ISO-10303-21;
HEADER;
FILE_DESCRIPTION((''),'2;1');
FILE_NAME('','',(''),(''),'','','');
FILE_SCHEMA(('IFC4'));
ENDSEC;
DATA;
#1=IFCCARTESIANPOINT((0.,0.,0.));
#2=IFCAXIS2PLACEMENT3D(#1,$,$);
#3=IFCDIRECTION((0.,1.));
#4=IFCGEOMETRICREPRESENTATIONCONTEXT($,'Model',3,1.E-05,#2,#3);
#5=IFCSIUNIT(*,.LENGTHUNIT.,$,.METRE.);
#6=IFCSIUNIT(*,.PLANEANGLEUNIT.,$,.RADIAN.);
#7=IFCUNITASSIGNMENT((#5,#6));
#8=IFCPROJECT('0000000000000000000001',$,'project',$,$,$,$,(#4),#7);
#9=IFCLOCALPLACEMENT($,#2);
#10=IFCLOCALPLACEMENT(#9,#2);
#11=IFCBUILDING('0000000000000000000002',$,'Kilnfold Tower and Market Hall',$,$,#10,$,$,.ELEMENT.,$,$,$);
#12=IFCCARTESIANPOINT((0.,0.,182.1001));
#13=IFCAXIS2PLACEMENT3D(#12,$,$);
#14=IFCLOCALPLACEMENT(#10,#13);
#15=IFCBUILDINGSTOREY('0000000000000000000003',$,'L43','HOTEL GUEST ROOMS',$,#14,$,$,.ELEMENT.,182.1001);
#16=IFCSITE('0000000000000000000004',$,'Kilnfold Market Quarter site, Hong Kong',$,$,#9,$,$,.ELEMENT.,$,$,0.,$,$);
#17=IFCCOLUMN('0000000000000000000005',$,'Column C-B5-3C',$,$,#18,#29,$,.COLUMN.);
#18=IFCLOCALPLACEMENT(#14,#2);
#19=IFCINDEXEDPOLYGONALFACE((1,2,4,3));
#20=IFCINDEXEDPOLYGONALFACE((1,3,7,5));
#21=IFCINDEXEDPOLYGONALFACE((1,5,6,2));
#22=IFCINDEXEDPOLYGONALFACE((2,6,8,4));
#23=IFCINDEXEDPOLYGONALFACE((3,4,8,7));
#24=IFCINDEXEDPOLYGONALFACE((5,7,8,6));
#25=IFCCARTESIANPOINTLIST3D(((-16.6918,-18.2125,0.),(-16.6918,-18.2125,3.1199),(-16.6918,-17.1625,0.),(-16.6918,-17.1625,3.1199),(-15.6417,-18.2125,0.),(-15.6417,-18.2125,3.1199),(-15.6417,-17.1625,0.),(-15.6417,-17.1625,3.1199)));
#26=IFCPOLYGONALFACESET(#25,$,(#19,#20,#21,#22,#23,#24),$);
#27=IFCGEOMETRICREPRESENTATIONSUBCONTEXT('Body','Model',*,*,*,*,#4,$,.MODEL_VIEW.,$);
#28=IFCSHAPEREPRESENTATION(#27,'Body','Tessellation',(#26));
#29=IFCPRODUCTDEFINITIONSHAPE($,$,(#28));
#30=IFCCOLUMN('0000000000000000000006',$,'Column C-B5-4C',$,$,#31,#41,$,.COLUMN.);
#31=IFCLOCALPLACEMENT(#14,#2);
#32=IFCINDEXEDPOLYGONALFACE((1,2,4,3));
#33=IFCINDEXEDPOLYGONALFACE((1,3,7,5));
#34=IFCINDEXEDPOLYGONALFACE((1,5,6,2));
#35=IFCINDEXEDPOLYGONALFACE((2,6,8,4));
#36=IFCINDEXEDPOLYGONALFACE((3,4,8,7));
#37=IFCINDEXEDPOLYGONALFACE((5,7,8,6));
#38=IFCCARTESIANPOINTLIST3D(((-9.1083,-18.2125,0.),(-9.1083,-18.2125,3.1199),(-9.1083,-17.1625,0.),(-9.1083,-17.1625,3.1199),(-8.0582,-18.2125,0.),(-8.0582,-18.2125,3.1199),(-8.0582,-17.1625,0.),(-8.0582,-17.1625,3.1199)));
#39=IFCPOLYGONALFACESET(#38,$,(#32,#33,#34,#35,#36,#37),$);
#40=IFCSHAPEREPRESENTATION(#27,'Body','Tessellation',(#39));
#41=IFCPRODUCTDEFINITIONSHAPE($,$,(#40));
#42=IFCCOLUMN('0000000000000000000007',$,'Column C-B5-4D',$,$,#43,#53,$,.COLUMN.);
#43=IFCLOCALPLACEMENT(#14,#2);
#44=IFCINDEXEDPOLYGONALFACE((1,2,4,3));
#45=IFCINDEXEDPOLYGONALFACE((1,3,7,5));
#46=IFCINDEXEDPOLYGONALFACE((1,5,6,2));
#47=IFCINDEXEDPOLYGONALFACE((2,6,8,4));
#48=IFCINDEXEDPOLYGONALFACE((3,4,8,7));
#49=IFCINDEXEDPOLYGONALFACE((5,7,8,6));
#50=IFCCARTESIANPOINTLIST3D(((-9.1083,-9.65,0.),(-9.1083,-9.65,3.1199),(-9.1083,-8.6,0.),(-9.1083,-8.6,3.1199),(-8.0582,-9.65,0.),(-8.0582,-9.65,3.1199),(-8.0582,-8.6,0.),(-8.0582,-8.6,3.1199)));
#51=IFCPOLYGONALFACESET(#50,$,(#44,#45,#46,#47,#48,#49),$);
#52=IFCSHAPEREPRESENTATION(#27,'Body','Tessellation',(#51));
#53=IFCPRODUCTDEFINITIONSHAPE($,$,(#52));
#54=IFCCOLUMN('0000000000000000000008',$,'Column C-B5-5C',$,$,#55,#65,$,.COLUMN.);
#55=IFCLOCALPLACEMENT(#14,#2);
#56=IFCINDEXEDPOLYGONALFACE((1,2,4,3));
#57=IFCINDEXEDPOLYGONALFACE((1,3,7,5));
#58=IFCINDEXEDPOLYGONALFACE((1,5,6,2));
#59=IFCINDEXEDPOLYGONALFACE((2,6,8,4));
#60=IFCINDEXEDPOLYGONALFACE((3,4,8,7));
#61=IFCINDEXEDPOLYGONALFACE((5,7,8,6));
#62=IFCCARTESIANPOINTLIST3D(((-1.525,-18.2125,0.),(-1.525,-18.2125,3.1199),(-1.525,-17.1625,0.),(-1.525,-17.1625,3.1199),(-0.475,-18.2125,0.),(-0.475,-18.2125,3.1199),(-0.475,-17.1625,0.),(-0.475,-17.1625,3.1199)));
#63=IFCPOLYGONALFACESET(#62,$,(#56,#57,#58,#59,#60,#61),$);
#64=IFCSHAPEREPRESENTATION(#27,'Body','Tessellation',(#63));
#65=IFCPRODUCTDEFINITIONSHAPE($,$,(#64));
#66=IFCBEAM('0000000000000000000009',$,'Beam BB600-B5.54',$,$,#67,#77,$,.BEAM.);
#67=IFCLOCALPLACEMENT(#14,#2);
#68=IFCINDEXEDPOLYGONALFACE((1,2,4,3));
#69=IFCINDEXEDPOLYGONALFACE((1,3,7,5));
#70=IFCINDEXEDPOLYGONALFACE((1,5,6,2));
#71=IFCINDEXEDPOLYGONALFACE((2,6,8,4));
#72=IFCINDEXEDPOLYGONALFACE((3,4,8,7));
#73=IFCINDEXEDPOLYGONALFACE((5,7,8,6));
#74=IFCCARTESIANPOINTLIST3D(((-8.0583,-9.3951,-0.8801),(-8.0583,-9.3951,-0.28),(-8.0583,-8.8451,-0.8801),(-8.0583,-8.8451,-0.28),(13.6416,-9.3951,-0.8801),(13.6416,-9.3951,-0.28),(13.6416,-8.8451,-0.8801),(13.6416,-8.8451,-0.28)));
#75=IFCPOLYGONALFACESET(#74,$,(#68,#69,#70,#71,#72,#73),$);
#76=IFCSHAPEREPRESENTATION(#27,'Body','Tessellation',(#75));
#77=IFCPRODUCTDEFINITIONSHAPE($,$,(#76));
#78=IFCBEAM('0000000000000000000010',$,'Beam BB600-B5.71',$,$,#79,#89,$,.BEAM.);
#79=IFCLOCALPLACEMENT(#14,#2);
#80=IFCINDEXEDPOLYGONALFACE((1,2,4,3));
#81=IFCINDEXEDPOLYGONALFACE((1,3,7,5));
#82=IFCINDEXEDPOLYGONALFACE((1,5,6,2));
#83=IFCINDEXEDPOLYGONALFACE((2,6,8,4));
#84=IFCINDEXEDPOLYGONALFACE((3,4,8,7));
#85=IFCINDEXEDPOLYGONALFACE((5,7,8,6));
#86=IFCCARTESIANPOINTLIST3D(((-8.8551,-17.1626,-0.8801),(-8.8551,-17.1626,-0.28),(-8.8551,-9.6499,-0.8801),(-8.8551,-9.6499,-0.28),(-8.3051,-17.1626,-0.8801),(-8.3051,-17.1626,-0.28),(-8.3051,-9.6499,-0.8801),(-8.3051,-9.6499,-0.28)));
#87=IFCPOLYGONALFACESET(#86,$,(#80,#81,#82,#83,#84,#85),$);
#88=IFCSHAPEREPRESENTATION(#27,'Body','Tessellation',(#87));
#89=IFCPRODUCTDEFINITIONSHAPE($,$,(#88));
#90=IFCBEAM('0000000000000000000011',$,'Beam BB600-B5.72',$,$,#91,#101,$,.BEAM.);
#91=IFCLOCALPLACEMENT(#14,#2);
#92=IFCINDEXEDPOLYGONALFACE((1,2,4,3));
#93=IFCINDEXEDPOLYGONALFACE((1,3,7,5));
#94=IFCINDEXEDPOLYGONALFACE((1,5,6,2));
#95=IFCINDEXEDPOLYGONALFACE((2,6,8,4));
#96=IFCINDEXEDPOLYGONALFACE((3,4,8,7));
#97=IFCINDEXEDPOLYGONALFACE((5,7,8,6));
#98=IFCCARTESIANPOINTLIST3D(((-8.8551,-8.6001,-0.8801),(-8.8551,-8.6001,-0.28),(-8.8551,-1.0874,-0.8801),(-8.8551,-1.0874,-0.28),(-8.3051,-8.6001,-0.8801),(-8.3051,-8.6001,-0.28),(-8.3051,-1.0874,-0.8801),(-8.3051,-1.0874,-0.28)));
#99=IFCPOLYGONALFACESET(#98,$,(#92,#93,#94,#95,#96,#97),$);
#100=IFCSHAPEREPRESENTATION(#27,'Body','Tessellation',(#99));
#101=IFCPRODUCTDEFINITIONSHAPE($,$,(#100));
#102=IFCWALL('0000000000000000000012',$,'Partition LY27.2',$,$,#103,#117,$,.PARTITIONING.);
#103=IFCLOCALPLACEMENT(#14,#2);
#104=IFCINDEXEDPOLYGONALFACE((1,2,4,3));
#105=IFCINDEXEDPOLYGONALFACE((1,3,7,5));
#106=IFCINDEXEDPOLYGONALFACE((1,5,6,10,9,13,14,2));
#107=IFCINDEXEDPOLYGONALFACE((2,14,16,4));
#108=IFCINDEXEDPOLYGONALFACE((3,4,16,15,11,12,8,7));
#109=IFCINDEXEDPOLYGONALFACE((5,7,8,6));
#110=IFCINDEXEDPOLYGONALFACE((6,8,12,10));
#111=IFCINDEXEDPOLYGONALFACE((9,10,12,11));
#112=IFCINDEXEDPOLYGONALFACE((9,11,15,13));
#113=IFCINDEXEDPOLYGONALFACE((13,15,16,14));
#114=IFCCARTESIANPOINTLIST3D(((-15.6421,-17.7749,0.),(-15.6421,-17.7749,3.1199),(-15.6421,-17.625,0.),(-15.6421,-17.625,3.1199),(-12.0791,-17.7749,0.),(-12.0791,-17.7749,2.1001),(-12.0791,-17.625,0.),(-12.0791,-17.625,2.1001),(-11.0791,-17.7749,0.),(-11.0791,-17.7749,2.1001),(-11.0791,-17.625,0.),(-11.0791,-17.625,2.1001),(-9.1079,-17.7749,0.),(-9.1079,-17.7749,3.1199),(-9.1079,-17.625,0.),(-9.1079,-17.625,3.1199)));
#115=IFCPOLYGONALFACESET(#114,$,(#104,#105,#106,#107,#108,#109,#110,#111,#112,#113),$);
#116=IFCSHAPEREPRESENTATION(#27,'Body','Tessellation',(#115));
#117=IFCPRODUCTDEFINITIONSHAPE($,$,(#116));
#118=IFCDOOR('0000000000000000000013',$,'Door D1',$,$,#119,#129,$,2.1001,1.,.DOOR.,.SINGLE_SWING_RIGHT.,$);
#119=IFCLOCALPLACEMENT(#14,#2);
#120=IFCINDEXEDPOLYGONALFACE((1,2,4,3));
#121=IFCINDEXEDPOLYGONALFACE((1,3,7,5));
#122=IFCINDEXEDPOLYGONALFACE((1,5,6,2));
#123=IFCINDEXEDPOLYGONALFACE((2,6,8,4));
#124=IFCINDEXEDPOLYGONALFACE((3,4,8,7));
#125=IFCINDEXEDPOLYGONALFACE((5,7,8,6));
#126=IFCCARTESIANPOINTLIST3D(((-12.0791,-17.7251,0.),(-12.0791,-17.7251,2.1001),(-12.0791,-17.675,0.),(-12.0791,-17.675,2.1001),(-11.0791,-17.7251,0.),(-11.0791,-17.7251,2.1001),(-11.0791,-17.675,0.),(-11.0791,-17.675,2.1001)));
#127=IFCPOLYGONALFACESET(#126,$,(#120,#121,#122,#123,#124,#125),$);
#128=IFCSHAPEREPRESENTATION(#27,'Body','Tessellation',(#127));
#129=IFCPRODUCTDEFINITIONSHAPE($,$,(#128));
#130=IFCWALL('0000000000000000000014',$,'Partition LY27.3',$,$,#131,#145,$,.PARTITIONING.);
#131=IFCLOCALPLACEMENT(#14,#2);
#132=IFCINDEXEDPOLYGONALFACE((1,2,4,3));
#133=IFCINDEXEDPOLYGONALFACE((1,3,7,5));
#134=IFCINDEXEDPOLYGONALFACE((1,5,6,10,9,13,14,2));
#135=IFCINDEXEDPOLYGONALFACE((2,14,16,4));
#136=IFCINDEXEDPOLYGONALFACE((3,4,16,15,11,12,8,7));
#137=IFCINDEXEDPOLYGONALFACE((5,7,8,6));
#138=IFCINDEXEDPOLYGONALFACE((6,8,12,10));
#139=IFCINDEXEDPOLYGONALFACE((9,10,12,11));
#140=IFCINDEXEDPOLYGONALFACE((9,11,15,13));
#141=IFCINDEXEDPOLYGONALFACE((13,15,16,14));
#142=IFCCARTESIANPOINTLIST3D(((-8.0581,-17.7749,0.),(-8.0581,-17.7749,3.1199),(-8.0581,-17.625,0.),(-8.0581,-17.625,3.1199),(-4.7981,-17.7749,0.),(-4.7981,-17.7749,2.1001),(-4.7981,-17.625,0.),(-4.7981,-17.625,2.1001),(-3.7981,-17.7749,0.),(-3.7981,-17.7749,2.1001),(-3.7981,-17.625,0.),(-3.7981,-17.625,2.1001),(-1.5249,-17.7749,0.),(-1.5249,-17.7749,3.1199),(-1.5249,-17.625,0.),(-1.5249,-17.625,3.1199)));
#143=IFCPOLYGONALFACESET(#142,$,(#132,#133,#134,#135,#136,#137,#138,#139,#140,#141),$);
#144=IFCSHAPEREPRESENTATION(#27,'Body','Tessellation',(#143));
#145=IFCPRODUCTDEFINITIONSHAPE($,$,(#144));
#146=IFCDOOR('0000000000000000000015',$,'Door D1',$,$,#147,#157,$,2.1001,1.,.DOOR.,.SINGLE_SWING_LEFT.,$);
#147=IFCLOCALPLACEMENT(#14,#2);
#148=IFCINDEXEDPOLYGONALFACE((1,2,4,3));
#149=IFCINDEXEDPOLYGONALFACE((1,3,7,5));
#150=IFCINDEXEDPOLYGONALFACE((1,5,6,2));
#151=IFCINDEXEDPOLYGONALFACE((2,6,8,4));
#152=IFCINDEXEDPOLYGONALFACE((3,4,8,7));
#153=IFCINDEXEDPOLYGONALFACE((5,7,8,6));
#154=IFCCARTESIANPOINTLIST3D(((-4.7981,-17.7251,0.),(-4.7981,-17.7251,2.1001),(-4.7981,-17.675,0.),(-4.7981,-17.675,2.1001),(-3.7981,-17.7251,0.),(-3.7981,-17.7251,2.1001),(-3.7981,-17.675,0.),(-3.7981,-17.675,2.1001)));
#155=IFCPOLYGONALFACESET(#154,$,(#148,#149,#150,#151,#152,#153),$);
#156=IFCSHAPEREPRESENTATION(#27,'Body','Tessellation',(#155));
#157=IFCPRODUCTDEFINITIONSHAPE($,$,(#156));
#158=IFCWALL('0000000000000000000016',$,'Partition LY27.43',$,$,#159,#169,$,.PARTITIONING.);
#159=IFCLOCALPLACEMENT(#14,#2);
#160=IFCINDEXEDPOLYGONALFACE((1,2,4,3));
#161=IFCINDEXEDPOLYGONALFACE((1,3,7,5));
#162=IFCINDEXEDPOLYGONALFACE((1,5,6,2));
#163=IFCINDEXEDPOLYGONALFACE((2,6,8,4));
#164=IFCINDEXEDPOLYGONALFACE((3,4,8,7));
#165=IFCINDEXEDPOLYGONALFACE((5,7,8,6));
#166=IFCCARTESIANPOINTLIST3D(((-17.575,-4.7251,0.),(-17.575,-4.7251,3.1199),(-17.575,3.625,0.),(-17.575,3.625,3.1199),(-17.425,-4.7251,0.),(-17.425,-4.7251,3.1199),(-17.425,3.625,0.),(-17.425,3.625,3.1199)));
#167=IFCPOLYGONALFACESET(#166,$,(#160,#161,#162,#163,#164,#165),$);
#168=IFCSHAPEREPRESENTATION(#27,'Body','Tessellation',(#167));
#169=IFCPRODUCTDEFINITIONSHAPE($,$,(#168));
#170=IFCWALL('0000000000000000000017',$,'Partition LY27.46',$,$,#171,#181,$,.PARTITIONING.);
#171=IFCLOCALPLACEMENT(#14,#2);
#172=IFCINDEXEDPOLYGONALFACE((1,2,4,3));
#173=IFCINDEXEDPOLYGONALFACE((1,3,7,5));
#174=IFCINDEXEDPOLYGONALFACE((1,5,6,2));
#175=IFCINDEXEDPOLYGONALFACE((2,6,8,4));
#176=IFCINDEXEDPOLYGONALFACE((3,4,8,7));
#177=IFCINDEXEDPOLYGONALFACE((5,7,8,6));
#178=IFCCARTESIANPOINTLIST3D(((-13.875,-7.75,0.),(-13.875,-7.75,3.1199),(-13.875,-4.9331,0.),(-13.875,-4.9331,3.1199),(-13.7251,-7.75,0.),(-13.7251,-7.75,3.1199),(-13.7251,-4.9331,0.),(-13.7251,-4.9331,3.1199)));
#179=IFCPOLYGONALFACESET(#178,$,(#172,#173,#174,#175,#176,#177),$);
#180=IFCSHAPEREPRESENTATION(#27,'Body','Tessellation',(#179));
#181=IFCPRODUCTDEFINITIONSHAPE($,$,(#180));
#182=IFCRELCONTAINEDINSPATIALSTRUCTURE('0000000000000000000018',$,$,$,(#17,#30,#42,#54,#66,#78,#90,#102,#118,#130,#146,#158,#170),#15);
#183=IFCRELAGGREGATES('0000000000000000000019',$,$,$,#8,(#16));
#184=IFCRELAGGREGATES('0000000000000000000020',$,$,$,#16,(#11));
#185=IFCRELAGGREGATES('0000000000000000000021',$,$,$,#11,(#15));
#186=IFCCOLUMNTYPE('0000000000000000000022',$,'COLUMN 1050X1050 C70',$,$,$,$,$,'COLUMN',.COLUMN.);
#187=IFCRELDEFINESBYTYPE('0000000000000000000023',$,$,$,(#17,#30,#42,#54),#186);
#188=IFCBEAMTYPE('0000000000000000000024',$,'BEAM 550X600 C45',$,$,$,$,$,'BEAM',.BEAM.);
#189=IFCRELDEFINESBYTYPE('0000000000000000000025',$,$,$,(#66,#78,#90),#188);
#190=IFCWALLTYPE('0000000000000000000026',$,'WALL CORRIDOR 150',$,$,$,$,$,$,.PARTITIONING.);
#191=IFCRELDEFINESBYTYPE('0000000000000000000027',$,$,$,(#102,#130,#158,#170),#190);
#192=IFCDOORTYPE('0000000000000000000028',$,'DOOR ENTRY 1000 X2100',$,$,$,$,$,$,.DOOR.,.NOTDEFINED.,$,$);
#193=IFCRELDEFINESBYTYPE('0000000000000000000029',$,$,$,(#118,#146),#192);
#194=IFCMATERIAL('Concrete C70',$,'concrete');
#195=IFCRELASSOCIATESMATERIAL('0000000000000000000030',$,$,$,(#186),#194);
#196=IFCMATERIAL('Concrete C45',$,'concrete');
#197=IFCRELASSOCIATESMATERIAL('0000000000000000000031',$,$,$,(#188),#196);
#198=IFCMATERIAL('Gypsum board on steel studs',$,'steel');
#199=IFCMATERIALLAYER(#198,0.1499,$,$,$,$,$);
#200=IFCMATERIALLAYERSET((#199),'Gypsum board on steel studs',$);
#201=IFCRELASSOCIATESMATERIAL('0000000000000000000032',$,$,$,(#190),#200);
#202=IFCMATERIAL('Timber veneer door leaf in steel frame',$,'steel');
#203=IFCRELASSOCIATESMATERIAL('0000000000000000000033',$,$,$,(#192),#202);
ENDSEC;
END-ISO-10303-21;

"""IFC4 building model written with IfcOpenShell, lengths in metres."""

from ifc_helpers import new_model, si_unit, direction, frame, frame_2d, origin, origin_2d, place, context, subcontext, project, spatial, rectangle, extrude, source, transform, mapped, material, layer, layer_set, material_profile, profile_set, type_object, element, fill, save


model = new_model("IFC4")

# Units and contexts
model_context = context("Model", 3, precision=1e-05, world=origin(), true_north=direction((0.0, 1.0)))
body_context = subcontext(model_context, "Body", "Model", "MODEL_VIEW")
ifc_project = project(units=[si_unit("LENGTHUNIT", "METRE"), si_unit("PLANEANGLEUNIT", "RADIAN")], contexts=[model_context])

# Site, building, storey
site_placement = place(None, origin())
site = spatial("IfcSite", under=ifc_project, at=site_placement, Name="Kilnfold Market Quarter site, Hong Kong", CompositionType="ELEMENT", RefElevation=0.0)
building_placement = place(site_placement, origin())
building = spatial("IfcBuilding", under=site, at=building_placement, Name="Kilnfold Tower and Market Hall", CompositionType="ELEMENT")
storey_placement = place(building_placement, frame((0.0, 0.0, 182.1001)))
storey = spatial("IfcBuildingStorey", under=building, at=storey_placement, Name="L43", Description="HOTEL GUEST ROOMS", CompositionType="ELEMENT", Elevation=182.1001)

# Columns
ifc_material_1 = material(Name="Concrete C70", Category="concrete")
ifc_material_profile_1 = material_profile(ifc_material_1, rectangle(XDim=1.05, YDim=1.05, at=origin_2d()), Name="RC 1050x1050")
ifc_profile_set_1 = profile_set([ifc_material_profile_1], Name="Concrete C70")
column_type = type_object("IfcColumnType", Name="COLUMN 1050X1050 C70", ElementType="COLUMN", PredefinedType="COLUMN", material=ifc_profile_set_1)
shared_shape_1 = source(origin(), body_context, "Body", "SweptSolid", [
    extrude(rectangle(XDim=1.05, YDim=1.05, at=origin_2d()), origin(), (0.0, 0.0, 1.0), 3.1199),
])
for number, where, z_axis, x_axis, name in (
    (1, (-16.1667, -17.6875, 0.0), (0.0, 0.0, 1.0), (1.0, 0.0, 0.0), "Column C-B5-3C"),
    (2, (-8.5833, -17.6875, 0.0), (0.0, 0.0, 1.0), (1.0, 0.0, 0.0), "Column C-B5-4C"),
    (3, (-8.5833, -9.125, 0.0), (0.0, 0.0, 1.0), (1.0, 0.0, 0.0), "Column C-B5-4D"),
    (4, (-1.0, -17.6875, 0.0), (0.0, 0.0, 1.0), (1.0, 0.0, 0.0), "Column C-B5-5C"),
):
    element("IfcColumn", number, at=place(storey_placement, frame(where, z_axis=z_axis, x_axis=x_axis)), inside=storey, type_object=column_type, Name=name, PredefinedType="COLUMN", context=body_context, shape_type="MappedRepresentation", body=[
        mapped(shared_shape_1, transform((0.0, 0.0, 0.0))),
    ])

# Beams
ifc_material_2 = material(Name="Concrete C45", Category="concrete")
ifc_material_profile_2 = material_profile(ifc_material_2, rectangle(XDim=0.55, YDim=0.6001, at=origin_2d()), Name="RC 550x600")
ifc_profile_set_2 = profile_set([ifc_material_profile_2], Name="Concrete C45")
beam_type = type_object("IfcBeamType", Name="BEAM 550X600 C45", ElementType="BEAM", PredefinedType="BEAM", material=ifc_profile_set_2)
shared_shape_2 = source(origin(), body_context, "Body", "SweptSolid", [
    extrude(rectangle(XDim=0.55, YDim=0.6001, at=origin_2d()), origin(), (0.0, 0.0, 1.0), 21.7),
])
beam_placement = place(storey_placement, frame((-8.0583, -9.1201, -0.5801), z_axis=(1.0, 0.0, 0.0), x_axis=(0.0, 1.0, 0.0)))
element("IfcBeam", 5, at=beam_placement, inside=storey, type_object=beam_type, Name="Beam BB600-B5.54", PredefinedType="BEAM", context=body_context, shape_type="MappedRepresentation", body=[
    mapped(shared_shape_2, transform((0.0, 0.0, 0.0))),
])
shared_shape_3 = source(origin(), body_context, "Body", "SweptSolid", [
    extrude(rectangle(XDim=0.55, YDim=0.6001, at=origin_2d()), origin(), (0.0, 0.0, 1.0), 7.5127),
])
for number, where, z_axis, x_axis, name in (
    (6, (-8.5801, -17.1626, -0.5801), (0.0, 1.0, 0.0), (-1.0, 0.0, 0.0), "Beam BB600-B5.71"),
    (7, (-8.5801, -8.6001, -0.5801), (0.0, 1.0, 0.0), (-1.0, 0.0, 0.0), "Beam BB600-B5.72"),
):
    element("IfcBeam", number, at=place(storey_placement, frame(where, z_axis=z_axis, x_axis=x_axis)), inside=storey, type_object=beam_type, Name=name, PredefinedType="BEAM", context=body_context, shape_type="MappedRepresentation", body=[
        mapped(shared_shape_3, transform((0.0, 0.0, 0.0))),
    ])

# Walls, openings, doors
ifc_material_3 = material(Name="Gypsum board on steel studs", Category="steel")
ifc_layer_1 = layer(ifc_material_3, 0.1499)
ifc_layer_set_1 = layer_set([ifc_layer_1], Name="Gypsum board on steel studs")
wall_type_1 = type_object("IfcWallType", Name="WALL CORRIDOR 150", PredefinedType="PARTITIONING", material=ifc_layer_set_1)
wall_1_placement = place(storey_placement, frame((-15.6421, -17.7, 0.0), z_axis=(0.0, 0.0, 1.0), x_axis=(1.0, 0.0, 0.0)))
wall_1 = element("IfcWall", 8, at=wall_1_placement, inside=storey, type_object=wall_type_1, Name="Partition LY27.2", PredefinedType="PARTITIONING", context=body_context, shape_type="SweptSolid", body=[
    extrude(rectangle(XDim=6.5342, YDim=0.1499, at=frame_2d((3.2671, 0.0))), origin(), (0.0, 0.0, 1.0), 3.1199),
])
opening_1_placement = place(wall_1_placement, frame((3.563, 0.0, 0.0)))
opening_1 = element("IfcOpeningElement", 9, at=opening_1_placement, cuts=wall_1, PredefinedType="OPENING", context=body_context, shape_type="SweptSolid", body=[
    extrude(rectangle(XDim=1.0, YDim=2.1001, at=frame_2d((0.5, 1.05))), frame((0.0, 0.085, 0.0), z_axis=(0.0, -1.0, 0.0), x_axis=(1.0, 0.0, 0.0)), (0.0, 0.0, 1.0), 0.1699),
])
ifc_material_4 = material(Name="Timber veneer door leaf in steel frame", Category="steel")
door_type_1 = type_object("IfcDoorType", Name="DOOR ENTRY 1000 X2100", OperationType="NOTDEFINED", PredefinedType="DOOR", material=ifc_material_4)
door_1_placement = place(opening_1_placement, origin())
door_1 = element("IfcDoor", 10, at=door_1_placement, inside=storey, type_object=door_type_1, Name="Door D1", OperationType="SINGLE_SWING_RIGHT", OverallHeight=2.1001, OverallWidth=1.0, PredefinedType="DOOR", context=body_context, shape_type="SweptSolid", body=[
    extrude(rectangle(XDim=1.0, YDim=2.1001, at=frame_2d((0.5, 1.05))), frame((0.0, 0.0249, 0.0), z_axis=(0.0, -1.0, 0.0), x_axis=(1.0, 0.0, 0.0)), (0.0, 0.0, 1.0), 0.05),
])
fill(opening_1, door_1)
wall_2_placement = place(storey_placement, frame((-8.0581, -17.7, 0.0), z_axis=(0.0, 0.0, 1.0), x_axis=(1.0, 0.0, 0.0)))
wall_2 = element("IfcWall", 11, at=wall_2_placement, inside=storey, type_object=wall_type_1, Name="Partition LY27.3", PredefinedType="PARTITIONING", context=body_context, shape_type="SweptSolid", body=[
    extrude(rectangle(XDim=6.5332, YDim=0.1499, at=frame_2d((3.2666, 0.0))), origin(), (0.0, 0.0, 1.0), 3.1199),
])
opening_2_placement = place(wall_2_placement, frame((3.26, 0.0, 0.0)))
opening_2 = element("IfcOpeningElement", 12, at=opening_2_placement, cuts=wall_2, PredefinedType="OPENING", context=body_context, shape_type="SweptSolid", body=[
    extrude(rectangle(XDim=1.0, YDim=2.1001, at=frame_2d((0.5, 1.05))), frame((0.0, 0.085, 0.0), z_axis=(0.0, -1.0, 0.0), x_axis=(1.0, 0.0, 0.0)), (0.0, 0.0, 1.0), 0.1699),
])
door_2_placement = place(opening_2_placement, origin())
door_2 = element("IfcDoor", 13, at=door_2_placement, inside=storey, type_object=door_type_1, Name="Door D1", OperationType="SINGLE_SWING_LEFT", OverallHeight=2.1001, OverallWidth=1.0, PredefinedType="DOOR", context=body_context, shape_type="SweptSolid", body=[
    extrude(rectangle(XDim=1.0, YDim=2.1001, at=frame_2d((0.5, 1.05))), frame((0.0, 0.0249, 0.0), z_axis=(0.0, -1.0, 0.0), x_axis=(1.0, 0.0, 0.0)), (0.0, 0.0, 1.0), 0.05),
])
fill(opening_2, door_2)

# Walls
wall_3_placement = place(storey_placement, frame((-17.5, -4.7251, 0.0), z_axis=(0.0, 0.0, 1.0), x_axis=(0.0, 1.0, 0.0)))
element("IfcWall", 14, at=wall_3_placement, inside=storey, type_object=wall_type_1, Name="Partition LY27.43", PredefinedType="PARTITIONING", context=body_context, shape_type="SweptSolid", body=[
    extrude(rectangle(XDim=8.3501, YDim=0.1499, at=frame_2d((4.175, 0.0))), origin(), (0.0, 0.0, 1.0), 3.1199),
])
wall_4_placement = place(storey_placement, frame((-13.8, -7.75, 0.0), z_axis=(0.0, 0.0, 1.0), x_axis=(0.0, 1.0, 0.0)))
element("IfcWall", 15, at=wall_4_placement, inside=storey, type_object=wall_type_1, Name="Partition LY27.46", PredefinedType="PARTITIONING", context=body_context, shape_type="SweptSolid", body=[
    extrude(rectangle(XDim=2.8169, YDim=0.1499, at=frame_2d((1.4084, 0.0))), origin(), (0.0, 0.0, 1.0), 3.1199),
])

save(model, "model.ifc")
